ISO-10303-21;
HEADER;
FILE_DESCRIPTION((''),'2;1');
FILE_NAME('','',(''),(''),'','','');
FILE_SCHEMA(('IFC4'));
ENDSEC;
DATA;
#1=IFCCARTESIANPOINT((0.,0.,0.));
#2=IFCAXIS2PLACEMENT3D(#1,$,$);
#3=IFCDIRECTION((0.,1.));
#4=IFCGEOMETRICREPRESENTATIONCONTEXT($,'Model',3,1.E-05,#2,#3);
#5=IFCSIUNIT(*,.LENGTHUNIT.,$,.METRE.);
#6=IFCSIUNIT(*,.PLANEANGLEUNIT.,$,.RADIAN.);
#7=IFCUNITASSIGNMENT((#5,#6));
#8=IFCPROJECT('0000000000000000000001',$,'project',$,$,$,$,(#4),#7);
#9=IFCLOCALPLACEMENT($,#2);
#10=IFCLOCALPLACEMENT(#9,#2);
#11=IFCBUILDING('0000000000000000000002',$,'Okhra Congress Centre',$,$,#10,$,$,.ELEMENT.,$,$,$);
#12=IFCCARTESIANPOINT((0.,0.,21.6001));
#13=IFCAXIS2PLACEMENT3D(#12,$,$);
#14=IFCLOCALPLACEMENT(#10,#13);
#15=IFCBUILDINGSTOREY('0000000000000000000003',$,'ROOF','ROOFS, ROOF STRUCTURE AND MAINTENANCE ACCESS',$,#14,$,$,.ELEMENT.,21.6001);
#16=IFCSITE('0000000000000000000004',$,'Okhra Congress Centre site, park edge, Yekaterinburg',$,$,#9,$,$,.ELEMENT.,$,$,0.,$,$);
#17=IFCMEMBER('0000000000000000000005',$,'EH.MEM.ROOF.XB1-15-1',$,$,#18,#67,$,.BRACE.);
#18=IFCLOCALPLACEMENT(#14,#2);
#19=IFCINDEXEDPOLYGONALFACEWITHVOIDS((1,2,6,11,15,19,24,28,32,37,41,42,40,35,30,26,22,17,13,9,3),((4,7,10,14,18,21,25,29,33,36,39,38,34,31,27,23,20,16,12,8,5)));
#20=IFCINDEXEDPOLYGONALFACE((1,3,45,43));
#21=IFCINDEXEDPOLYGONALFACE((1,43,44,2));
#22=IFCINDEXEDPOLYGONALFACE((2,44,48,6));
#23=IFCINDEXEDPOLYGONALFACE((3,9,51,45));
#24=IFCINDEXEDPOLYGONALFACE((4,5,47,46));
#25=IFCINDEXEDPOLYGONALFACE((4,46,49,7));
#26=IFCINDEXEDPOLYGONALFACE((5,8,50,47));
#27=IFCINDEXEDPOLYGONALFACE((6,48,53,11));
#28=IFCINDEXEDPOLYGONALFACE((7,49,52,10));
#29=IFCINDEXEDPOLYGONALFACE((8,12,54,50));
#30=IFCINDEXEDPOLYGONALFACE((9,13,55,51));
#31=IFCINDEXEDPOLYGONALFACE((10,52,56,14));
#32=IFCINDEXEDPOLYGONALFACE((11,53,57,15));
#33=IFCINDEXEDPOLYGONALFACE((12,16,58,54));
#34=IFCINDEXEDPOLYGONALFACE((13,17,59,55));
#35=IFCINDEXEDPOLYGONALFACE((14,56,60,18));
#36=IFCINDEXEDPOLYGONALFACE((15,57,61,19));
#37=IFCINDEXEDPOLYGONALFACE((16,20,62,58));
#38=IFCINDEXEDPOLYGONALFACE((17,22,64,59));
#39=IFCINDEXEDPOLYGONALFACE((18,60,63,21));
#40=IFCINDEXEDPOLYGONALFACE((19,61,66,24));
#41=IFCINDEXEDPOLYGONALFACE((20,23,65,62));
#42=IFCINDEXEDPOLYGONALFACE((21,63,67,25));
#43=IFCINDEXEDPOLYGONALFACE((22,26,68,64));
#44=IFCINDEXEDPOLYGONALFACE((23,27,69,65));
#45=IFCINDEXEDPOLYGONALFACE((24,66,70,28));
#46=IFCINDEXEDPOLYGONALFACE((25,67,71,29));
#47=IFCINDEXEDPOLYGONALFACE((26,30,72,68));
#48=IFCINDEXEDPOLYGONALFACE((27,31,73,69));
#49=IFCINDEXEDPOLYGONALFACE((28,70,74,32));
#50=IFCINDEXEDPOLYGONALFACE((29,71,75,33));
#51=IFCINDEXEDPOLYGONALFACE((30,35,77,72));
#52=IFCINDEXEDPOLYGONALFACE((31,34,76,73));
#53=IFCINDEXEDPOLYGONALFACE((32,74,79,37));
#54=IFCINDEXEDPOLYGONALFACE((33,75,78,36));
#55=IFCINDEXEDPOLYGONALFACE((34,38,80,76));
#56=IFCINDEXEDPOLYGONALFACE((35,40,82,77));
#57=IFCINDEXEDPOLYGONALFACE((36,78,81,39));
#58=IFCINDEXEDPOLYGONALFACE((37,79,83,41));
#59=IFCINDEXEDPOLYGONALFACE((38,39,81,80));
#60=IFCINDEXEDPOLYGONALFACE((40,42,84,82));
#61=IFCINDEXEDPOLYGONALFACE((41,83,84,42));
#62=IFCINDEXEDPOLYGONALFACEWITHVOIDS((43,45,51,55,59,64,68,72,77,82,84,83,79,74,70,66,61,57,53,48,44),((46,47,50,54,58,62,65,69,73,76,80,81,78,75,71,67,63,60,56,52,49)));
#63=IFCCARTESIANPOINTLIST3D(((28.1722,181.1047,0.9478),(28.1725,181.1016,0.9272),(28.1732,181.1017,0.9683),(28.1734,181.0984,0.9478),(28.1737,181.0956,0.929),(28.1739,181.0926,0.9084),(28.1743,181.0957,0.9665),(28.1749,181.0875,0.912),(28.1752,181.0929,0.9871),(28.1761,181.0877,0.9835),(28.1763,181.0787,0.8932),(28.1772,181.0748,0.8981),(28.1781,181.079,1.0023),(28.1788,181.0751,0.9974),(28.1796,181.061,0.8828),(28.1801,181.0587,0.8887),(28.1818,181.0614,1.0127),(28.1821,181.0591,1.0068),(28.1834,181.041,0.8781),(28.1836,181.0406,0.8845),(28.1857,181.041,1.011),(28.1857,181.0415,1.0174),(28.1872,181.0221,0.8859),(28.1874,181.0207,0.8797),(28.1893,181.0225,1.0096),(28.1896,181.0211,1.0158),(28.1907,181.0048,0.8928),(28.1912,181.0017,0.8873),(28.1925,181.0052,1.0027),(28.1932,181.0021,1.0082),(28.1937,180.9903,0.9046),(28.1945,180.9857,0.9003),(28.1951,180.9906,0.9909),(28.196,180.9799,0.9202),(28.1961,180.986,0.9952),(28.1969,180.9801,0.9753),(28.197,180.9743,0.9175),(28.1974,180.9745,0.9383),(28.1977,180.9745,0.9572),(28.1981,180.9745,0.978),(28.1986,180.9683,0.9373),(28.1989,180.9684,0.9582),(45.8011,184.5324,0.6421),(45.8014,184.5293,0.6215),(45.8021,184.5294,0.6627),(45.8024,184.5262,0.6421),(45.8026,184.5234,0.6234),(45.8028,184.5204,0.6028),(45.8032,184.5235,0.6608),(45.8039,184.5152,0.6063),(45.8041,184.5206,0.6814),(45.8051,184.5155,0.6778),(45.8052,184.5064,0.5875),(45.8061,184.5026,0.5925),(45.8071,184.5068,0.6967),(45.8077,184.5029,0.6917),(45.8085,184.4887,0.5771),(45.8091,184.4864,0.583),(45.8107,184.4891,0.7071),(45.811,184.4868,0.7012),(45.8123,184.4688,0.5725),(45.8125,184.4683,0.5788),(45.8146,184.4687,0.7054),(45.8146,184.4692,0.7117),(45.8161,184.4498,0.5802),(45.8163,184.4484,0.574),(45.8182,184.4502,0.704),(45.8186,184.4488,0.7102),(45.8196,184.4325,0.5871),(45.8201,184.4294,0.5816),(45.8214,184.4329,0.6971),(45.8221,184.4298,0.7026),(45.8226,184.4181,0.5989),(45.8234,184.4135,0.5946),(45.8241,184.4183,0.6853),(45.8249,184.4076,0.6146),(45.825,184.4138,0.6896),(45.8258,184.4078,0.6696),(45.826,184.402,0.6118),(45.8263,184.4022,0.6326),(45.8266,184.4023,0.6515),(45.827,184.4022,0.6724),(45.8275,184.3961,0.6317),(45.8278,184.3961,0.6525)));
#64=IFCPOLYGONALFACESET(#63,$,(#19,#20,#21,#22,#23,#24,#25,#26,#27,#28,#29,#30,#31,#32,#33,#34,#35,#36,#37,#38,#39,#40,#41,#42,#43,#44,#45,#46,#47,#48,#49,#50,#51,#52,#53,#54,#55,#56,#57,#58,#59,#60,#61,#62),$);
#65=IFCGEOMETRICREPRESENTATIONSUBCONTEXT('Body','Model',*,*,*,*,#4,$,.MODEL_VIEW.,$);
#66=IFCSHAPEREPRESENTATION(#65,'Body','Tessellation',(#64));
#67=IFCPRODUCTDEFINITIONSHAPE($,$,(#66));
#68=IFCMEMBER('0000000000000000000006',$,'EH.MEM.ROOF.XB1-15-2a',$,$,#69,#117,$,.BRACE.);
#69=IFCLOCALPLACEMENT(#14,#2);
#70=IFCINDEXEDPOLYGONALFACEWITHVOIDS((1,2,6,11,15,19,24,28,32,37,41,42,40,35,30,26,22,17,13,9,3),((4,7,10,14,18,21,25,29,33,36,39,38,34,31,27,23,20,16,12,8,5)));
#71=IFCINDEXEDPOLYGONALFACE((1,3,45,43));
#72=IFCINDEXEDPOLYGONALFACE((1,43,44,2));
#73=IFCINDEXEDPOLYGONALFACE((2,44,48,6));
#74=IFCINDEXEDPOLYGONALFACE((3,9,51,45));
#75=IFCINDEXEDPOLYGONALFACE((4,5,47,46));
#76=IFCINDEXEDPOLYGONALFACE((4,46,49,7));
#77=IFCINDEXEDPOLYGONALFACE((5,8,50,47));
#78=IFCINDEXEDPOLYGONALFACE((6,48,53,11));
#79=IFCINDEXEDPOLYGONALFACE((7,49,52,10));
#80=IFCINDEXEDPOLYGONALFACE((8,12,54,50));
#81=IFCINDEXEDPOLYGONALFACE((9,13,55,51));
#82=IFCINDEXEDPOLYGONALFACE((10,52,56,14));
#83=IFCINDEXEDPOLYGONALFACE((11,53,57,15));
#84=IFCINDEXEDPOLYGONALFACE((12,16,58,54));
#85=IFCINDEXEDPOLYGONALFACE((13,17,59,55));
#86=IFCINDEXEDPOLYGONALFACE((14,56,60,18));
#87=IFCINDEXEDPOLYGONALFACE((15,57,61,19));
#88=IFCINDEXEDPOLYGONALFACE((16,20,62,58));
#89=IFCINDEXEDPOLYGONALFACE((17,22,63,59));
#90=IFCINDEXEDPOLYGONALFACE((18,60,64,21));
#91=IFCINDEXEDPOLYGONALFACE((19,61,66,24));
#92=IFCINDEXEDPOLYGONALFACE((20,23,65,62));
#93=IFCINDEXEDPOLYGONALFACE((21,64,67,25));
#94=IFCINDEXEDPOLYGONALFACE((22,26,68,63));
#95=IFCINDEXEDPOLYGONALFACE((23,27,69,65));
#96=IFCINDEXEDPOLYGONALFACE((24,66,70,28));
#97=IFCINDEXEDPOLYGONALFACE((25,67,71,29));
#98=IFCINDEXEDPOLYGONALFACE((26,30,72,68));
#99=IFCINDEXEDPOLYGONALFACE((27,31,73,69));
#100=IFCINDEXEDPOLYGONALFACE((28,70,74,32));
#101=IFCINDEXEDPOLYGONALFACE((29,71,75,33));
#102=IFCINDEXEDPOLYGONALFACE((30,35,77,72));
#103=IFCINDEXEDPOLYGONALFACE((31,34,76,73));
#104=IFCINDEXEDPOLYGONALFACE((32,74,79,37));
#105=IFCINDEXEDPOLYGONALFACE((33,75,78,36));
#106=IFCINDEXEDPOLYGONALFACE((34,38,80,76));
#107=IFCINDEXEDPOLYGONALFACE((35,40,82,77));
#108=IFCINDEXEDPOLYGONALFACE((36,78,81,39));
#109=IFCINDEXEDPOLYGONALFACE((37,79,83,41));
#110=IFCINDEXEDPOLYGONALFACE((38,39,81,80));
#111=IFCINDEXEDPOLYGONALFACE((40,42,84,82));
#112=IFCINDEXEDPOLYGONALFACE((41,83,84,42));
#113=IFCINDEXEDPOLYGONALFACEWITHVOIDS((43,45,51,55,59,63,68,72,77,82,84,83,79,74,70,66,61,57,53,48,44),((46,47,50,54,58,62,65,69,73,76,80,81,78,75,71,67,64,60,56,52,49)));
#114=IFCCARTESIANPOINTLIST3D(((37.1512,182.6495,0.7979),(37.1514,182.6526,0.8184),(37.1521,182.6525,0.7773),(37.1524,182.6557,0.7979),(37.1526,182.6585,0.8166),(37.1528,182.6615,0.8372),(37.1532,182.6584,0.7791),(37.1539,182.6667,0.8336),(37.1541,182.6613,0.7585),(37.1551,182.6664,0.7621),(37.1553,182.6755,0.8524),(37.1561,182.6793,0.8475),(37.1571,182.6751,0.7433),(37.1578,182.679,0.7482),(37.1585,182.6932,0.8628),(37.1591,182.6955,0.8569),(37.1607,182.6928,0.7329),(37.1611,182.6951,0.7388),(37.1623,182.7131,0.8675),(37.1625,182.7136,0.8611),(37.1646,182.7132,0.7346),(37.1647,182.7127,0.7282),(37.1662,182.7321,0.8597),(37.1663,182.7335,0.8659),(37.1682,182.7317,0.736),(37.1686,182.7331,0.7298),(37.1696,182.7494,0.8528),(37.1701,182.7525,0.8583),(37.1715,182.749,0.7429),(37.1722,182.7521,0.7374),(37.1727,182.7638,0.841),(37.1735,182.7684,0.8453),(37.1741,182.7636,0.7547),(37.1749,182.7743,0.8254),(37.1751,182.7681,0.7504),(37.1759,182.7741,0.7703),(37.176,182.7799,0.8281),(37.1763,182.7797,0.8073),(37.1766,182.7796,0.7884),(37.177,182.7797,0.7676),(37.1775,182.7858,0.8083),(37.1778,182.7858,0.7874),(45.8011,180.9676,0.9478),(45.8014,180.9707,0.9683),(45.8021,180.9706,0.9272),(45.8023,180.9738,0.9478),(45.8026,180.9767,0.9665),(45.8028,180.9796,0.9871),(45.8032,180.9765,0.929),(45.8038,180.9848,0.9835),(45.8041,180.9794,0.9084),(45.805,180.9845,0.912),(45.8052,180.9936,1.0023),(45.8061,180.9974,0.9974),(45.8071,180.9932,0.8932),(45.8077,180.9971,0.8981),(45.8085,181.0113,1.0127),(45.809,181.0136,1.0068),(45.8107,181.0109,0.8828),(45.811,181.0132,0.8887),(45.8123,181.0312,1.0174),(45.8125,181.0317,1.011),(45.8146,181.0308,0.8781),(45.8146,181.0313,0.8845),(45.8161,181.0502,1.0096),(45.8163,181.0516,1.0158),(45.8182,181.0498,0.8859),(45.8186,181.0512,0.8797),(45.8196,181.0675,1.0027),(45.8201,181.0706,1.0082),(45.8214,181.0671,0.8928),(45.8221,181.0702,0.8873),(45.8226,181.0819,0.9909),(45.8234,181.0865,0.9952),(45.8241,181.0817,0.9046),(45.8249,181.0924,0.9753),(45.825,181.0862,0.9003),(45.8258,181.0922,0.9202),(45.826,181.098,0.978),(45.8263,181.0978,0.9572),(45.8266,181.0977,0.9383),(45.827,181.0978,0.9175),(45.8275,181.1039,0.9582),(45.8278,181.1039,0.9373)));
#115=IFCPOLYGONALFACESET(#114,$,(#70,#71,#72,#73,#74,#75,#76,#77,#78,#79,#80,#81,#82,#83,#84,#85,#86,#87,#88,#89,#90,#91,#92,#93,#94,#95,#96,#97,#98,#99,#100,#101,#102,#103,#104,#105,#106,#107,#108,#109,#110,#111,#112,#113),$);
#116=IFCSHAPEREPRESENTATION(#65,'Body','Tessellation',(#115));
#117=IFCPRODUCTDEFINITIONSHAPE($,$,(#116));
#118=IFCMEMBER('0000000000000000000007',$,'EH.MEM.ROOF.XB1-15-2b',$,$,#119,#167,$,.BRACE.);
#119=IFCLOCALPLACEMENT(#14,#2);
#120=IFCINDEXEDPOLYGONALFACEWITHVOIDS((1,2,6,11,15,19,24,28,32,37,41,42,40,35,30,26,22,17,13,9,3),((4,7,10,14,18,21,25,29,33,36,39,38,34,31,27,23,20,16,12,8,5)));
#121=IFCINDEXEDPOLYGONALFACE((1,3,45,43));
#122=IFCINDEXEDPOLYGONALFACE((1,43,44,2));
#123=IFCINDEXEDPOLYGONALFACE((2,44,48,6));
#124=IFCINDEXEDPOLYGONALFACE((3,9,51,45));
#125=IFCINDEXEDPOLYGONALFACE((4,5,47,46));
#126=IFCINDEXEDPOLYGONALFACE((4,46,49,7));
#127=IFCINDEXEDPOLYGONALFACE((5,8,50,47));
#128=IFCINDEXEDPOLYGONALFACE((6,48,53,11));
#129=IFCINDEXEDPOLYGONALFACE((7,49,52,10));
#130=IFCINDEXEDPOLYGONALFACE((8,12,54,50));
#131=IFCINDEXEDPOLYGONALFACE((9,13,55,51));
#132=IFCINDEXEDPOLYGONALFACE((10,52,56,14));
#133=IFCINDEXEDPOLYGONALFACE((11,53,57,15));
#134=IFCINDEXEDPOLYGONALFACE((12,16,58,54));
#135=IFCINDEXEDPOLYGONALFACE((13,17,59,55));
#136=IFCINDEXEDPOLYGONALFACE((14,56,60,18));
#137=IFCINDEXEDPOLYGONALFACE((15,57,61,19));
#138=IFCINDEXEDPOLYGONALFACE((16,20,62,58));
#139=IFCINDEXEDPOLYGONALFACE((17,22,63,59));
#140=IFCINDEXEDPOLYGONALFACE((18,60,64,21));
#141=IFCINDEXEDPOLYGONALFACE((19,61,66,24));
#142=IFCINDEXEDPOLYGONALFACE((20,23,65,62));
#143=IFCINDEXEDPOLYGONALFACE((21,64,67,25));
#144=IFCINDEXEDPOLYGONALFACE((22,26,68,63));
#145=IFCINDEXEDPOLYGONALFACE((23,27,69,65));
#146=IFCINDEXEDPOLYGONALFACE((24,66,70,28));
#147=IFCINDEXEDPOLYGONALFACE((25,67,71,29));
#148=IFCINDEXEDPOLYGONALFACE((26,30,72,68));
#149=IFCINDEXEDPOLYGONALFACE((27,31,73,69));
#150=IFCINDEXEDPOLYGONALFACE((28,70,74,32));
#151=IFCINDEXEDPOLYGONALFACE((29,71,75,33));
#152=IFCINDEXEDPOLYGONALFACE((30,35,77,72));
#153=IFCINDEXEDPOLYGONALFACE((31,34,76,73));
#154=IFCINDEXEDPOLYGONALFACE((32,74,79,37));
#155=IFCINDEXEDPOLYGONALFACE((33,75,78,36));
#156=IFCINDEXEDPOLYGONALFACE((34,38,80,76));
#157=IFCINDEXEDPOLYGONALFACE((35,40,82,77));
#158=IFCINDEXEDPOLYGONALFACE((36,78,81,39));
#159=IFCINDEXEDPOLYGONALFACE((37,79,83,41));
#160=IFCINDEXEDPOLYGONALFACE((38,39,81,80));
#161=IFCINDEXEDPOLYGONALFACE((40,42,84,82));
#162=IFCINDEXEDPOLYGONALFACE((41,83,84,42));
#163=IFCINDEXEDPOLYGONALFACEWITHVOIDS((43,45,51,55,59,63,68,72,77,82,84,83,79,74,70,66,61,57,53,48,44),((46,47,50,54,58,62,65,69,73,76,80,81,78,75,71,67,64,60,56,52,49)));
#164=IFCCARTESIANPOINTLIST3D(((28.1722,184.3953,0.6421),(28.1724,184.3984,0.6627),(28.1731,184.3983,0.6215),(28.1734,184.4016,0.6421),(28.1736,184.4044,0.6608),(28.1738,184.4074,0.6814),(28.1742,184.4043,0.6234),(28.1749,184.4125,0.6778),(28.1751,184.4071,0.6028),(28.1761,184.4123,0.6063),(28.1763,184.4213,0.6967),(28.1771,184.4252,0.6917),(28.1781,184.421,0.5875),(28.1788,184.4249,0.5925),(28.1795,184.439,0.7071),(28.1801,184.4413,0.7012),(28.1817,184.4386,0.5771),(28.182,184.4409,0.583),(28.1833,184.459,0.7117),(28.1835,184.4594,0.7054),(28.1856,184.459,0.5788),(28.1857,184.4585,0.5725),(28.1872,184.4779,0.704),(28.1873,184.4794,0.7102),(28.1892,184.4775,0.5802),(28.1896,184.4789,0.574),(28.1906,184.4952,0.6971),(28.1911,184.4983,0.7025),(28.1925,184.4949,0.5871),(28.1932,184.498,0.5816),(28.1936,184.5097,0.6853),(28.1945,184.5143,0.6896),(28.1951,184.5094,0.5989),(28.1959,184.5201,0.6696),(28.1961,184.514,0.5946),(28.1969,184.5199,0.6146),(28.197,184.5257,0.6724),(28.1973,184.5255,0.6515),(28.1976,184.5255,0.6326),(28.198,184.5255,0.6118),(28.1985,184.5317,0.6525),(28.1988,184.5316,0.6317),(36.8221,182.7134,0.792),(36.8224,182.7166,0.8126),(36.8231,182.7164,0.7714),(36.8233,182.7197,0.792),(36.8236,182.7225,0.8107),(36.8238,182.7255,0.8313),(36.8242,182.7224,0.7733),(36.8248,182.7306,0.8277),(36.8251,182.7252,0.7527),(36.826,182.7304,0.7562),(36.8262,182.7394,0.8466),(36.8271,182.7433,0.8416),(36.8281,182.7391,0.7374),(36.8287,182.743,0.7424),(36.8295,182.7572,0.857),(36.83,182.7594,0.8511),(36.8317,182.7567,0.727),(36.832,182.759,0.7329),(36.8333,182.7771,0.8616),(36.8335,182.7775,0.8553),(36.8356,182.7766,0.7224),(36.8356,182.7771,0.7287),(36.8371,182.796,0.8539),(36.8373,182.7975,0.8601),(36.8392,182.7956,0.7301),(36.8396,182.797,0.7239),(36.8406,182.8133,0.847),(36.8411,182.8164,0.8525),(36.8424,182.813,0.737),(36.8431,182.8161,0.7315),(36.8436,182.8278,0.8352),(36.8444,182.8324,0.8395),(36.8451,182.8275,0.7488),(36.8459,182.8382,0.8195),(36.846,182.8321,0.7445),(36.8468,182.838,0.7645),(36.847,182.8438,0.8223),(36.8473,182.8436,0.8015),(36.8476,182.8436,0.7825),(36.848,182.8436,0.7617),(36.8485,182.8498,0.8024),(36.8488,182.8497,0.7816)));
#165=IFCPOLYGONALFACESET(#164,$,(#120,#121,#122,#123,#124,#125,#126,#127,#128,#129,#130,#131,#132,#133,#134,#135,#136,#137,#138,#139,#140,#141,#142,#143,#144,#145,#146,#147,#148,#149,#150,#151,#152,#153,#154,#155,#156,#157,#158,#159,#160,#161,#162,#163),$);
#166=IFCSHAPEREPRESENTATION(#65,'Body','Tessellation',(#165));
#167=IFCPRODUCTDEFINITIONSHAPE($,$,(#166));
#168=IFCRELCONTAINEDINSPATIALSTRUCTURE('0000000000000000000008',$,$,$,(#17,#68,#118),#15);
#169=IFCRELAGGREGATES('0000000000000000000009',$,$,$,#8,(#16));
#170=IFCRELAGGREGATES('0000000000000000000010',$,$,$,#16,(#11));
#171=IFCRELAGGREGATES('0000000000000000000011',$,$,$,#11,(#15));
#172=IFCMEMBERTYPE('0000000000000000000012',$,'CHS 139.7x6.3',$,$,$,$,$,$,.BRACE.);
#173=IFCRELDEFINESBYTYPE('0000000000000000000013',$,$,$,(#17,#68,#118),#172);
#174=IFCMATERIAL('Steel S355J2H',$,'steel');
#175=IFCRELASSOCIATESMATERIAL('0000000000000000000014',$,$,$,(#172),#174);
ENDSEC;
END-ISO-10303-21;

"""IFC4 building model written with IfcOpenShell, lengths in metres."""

from ifc_helpers import new_model, si_unit, direction, frame, origin, origin_2d, place, context, subcontext, project, spatial, hollow_circle, extrude, material, material_profile, profile_set, type_object, element, save


model = new_model("IFC4")

# Units and contexts
model_context = context("Model", 3, precision=1e-05, world=origin(), true_north=direction((0.0, 1.0)))
body_context = subcontext(model_context, "Body", "Model", "MODEL_VIEW")
ifc_project = project(units=[si_unit("LENGTHUNIT", "METRE"), si_unit("PLANEANGLEUNIT", "RADIAN")], contexts=[model_context])

# Site, building, storey
site_placement = place(None, origin())
site = spatial("IfcSite", under=ifc_project, at=site_placement, Name="Okhra Congress Centre site, park edge, Yekaterinburg", CompositionType="ELEMENT", RefElevation=0.0)
building_placement = place(site_placement, origin())
building = spatial("IfcBuilding", under=site, at=building_placement, Name="Okhra Congress Centre", CompositionType="ELEMENT")
storey_placement = place(building_placement, frame((0.0, 0.0, 21.6001)))
storey = spatial("IfcBuildingStorey", under=building, at=storey_placement, Name="ROOF", Description="ROOFS, ROOF STRUCTURE AND MAINTENANCE ACCESS", CompositionType="ELEMENT", Elevation=21.6001)

# Members
ifc_material_1 = material(Name="Steel S355J2H", Category="steel")
ifc_material_profile_1 = material_profile(ifc_material_1, hollow_circle(Radius=0.0698, WallThickness=0.0063, at=origin_2d()), Name="CHS 139.7x6.3")
ifc_profile_set_1 = profile_set([ifc_material_profile_1], Name="Steel S355J2H")
member_type_1 = type_object("IfcMemberType", Name="CHS 139.7x6.3", PredefinedType="BRACE", material=ifc_profile_set_1)
member_1_placement = place(storey_placement, frame((28.1855, 181.0361, 0.9478), z_axis=(0.981474, 0.190836, -0.017018), x_axis=(-0.190864, 0.981617, 0.0)))
element("IfcMember", 1, at=member_1_placement, inside=storey, type_object=member_type_1, Name="EH.MEM.ROOF.XB1-15-1", PredefinedType="BRACE", context=body_context, shape_type="SweptSolid", body=[
    extrude(hollow_circle(Radius=0.0698, WallThickness=0.0063, at=origin_2d()), origin(), (0.0, 0.0, 1.0), 17.9617),
])
for number, where, z_axis, x_axis, name in (
    (2, (45.8145, 181.0361, 0.9478), (-0.981474, 0.190838, -0.017009), (-0.190865, -0.981616, 0.0), "EH.MEM.ROOF.XB1-15-2a"),
    (3, (36.8354, 182.782, 0.792), (-0.981474, 0.190838, -0.017009), (-0.190865, -0.981616, 0.0), "EH.MEM.ROOF.XB1-15-2b"),
):
    element("IfcMember", number, at=place(storey_placement, frame(where, z_axis=z_axis, x_axis=x_axis)), inside=storey, type_object=member_type_1, Name=name, PredefinedType="BRACE", context=body_context, shape_type="SweptSolid", body=[
        extrude(hollow_circle(Radius=0.0698, WallThickness=0.0063, at=origin_2d()), origin(), (0.0, 0.0, 1.0), 8.8132),
    ])

save(model, "model.ifc")
